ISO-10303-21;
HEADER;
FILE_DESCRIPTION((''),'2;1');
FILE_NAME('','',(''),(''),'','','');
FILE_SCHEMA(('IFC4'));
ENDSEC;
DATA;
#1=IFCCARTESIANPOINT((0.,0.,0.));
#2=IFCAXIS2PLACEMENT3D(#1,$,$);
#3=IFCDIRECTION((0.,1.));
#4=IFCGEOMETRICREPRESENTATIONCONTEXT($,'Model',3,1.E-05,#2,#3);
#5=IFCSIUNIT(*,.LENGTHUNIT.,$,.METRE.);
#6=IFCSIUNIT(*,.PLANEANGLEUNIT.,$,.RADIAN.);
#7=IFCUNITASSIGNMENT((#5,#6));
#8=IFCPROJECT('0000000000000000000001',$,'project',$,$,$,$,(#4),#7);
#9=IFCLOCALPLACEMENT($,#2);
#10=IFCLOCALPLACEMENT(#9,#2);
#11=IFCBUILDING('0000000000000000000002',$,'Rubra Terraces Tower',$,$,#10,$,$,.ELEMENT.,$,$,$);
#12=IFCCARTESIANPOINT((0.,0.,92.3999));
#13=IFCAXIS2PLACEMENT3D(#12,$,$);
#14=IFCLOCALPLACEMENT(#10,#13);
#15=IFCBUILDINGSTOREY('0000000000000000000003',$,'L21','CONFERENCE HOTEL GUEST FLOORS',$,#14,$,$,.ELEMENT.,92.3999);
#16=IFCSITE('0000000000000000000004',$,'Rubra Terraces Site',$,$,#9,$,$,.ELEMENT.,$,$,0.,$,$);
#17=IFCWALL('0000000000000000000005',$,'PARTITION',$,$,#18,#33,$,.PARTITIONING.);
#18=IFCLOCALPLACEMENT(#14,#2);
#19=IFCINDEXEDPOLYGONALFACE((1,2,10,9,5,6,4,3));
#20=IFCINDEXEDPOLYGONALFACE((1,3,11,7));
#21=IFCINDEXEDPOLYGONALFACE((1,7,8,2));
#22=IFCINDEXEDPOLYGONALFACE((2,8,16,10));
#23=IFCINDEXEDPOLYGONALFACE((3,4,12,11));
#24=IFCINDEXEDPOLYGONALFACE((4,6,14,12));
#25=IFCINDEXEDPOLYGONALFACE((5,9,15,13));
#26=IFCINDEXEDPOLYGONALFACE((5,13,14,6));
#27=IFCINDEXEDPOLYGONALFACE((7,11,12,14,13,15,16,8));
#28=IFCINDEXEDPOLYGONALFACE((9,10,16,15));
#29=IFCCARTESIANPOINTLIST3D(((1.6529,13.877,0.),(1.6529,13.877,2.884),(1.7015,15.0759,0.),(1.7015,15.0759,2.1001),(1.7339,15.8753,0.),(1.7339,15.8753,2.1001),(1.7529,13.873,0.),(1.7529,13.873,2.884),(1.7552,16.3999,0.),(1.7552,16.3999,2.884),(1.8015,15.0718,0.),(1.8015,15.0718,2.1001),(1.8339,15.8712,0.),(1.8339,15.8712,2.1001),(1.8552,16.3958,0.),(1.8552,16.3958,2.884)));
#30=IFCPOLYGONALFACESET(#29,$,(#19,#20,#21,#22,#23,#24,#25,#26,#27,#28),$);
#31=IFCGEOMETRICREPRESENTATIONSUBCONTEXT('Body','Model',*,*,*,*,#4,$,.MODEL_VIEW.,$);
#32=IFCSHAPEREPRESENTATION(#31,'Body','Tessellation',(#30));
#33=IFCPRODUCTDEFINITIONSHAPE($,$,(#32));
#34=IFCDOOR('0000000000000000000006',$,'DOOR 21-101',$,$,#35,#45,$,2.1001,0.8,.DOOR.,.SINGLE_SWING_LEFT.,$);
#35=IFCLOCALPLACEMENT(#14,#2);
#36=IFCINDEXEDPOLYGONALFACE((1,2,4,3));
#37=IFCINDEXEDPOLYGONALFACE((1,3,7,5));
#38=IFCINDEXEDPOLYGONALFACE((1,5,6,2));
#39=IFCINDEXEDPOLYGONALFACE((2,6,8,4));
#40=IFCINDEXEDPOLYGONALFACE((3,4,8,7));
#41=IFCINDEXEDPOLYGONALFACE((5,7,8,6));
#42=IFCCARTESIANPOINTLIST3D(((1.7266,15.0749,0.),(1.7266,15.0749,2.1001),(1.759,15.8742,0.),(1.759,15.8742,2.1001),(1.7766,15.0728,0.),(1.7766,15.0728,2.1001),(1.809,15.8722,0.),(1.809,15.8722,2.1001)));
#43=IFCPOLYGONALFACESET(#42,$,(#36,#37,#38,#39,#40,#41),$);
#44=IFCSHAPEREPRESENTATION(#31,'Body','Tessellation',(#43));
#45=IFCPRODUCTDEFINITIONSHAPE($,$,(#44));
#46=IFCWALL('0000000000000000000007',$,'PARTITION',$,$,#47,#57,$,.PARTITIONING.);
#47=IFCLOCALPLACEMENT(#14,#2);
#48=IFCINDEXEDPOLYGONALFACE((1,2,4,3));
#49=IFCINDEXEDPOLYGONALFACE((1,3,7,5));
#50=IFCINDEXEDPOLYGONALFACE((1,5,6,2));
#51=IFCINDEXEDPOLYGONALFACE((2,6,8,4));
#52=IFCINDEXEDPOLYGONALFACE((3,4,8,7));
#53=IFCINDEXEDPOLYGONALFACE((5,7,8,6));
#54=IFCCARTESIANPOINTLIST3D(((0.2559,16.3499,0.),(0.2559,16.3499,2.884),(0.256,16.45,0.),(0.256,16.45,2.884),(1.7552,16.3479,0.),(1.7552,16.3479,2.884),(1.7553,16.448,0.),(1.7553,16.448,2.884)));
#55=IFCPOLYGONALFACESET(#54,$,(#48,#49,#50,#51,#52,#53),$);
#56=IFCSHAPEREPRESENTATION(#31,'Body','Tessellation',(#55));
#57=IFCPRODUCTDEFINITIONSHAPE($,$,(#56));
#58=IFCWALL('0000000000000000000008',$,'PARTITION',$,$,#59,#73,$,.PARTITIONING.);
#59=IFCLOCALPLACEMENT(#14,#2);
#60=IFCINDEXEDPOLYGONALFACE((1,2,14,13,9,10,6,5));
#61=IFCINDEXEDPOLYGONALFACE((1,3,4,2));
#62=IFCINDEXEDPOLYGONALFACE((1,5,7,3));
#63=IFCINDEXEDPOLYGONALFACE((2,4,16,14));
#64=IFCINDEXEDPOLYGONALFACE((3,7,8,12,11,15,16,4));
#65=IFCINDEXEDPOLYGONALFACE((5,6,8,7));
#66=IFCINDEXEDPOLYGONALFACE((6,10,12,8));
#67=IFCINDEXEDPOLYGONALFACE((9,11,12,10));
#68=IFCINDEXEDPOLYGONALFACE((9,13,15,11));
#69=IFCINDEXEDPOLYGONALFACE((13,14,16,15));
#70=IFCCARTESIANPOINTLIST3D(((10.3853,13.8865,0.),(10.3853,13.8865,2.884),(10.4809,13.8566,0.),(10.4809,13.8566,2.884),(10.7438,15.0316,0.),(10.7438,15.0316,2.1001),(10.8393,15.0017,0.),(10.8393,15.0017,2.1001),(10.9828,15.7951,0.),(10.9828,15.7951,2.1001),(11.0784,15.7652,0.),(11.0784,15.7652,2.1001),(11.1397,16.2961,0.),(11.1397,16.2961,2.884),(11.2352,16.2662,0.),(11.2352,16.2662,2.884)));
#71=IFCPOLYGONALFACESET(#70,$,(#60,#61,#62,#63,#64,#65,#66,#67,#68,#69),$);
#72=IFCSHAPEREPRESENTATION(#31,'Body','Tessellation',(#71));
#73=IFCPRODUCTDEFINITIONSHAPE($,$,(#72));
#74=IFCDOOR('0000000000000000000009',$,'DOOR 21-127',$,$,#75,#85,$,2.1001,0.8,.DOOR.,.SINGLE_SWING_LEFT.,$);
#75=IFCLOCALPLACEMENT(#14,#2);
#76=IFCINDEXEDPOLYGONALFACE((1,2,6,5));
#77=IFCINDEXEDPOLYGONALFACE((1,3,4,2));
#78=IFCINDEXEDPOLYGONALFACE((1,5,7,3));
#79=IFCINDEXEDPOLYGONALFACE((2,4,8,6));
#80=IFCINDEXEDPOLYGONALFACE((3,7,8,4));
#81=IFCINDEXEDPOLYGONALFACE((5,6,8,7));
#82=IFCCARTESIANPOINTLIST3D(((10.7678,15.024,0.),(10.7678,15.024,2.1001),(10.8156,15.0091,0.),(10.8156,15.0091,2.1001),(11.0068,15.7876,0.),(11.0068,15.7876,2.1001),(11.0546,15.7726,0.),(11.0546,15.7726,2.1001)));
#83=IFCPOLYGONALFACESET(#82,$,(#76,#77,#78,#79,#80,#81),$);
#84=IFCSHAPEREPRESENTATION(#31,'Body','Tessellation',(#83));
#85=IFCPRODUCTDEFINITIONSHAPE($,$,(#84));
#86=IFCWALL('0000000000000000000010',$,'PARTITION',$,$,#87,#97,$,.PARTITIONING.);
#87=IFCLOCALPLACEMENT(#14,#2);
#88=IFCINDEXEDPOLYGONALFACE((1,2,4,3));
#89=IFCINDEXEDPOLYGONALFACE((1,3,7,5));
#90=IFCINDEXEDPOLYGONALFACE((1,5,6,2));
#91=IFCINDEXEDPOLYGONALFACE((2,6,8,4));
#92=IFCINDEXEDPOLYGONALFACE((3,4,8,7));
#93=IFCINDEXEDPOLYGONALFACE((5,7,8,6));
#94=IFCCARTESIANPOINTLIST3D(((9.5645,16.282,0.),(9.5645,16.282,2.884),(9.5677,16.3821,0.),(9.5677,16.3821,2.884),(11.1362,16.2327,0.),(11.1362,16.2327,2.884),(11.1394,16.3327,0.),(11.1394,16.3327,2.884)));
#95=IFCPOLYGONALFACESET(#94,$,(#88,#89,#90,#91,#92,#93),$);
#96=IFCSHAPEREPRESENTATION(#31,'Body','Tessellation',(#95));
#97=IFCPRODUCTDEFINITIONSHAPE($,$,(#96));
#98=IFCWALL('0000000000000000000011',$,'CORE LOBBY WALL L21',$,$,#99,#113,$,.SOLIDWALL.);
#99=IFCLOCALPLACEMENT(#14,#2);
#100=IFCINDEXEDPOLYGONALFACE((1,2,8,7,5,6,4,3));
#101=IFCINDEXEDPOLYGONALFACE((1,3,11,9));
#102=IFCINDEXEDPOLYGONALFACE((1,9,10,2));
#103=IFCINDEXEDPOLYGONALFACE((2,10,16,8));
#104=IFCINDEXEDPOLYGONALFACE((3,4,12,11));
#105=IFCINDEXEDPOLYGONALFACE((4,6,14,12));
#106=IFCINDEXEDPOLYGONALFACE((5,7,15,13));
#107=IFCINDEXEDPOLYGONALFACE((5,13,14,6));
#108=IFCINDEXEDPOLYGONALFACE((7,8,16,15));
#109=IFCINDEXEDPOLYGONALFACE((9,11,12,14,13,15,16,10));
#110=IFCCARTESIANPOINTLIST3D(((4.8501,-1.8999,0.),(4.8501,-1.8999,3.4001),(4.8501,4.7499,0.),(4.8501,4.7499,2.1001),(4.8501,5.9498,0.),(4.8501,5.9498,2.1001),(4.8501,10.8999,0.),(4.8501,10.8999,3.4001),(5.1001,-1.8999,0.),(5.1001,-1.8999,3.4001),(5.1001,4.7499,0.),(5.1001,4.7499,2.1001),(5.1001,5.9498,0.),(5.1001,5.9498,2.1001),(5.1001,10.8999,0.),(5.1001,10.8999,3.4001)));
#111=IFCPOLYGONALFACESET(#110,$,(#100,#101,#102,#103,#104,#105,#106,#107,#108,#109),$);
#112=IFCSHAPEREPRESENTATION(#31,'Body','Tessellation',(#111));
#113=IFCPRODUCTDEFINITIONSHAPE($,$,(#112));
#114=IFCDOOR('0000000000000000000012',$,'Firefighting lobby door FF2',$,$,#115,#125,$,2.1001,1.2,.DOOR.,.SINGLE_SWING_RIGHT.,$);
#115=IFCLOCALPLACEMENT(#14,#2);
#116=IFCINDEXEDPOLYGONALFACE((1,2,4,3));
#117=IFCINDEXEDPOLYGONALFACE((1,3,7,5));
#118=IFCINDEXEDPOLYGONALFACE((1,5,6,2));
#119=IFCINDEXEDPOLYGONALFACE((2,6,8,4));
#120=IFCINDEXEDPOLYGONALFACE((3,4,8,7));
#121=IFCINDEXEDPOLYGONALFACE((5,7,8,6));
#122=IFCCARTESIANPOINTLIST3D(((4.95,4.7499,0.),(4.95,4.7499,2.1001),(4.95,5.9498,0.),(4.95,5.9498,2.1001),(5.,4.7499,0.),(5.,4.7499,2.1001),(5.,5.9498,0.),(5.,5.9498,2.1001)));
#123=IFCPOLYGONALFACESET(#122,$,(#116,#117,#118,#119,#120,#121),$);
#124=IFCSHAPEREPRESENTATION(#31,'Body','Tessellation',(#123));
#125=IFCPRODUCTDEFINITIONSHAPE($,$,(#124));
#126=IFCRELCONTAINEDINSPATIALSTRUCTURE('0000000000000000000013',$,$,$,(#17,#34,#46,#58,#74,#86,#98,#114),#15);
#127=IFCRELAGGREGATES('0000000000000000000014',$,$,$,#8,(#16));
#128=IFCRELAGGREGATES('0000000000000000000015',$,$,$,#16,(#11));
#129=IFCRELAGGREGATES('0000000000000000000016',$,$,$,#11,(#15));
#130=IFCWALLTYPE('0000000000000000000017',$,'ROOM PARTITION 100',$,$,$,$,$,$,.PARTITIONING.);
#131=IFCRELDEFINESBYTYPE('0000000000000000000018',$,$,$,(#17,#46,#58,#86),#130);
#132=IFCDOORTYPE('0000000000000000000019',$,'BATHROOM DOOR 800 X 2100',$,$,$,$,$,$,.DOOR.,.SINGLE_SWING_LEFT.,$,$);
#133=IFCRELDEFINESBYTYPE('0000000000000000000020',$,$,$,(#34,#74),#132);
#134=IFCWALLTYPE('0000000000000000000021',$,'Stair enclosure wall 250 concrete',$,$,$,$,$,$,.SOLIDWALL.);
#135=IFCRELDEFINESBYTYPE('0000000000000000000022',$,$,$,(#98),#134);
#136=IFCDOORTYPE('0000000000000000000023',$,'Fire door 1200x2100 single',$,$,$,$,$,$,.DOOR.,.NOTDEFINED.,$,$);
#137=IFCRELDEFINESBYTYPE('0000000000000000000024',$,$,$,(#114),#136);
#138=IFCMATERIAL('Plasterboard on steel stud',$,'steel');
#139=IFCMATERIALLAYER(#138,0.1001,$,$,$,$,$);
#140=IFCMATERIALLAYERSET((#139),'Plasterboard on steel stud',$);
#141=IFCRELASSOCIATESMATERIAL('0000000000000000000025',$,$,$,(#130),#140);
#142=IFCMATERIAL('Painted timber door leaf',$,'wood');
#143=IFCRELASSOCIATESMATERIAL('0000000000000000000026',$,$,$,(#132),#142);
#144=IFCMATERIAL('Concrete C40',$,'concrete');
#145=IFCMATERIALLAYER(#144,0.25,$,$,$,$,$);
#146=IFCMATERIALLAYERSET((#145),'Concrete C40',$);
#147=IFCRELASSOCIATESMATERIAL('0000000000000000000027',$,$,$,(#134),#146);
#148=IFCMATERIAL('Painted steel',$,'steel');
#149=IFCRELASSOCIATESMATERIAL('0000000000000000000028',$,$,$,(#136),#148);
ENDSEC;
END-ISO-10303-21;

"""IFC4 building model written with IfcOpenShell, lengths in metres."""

from ifc_helpers import new_model, si_unit, direction, frame, frame_2d, origin, place, context, subcontext, project, spatial, rectangle, extrude, material, layer, layer_set, type_object, element, fill, save


model = new_model("IFC4")

# Units and contexts
model_context = context("Model", 3, precision=1e-05, world=origin(), true_north=direction((0.0, 1.0)))
body_context = subcontext(model_context, "Body", "Model", "MODEL_VIEW")
ifc_project = project(units=[si_unit("LENGTHUNIT", "METRE"), si_unit("PLANEANGLEUNIT", "RADIAN")], contexts=[model_context])

# Site, building, storey
site_placement = place(None, origin())
site = spatial("IfcSite", under=ifc_project, at=site_placement, Name="Rubra Terraces Site", CompositionType="ELEMENT", RefElevation=0.0)
building_placement = place(site_placement, origin())
building = spatial("IfcBuilding", under=site, at=building_placement, Name="Rubra Terraces Tower", CompositionType="ELEMENT")
storey_placement = place(building_placement, frame((0.0, 0.0, 92.3999)))
storey = spatial("IfcBuildingStorey", under=building, at=storey_placement, Name="L21", Description="CONFERENCE HOTEL GUEST FLOORS", CompositionType="ELEMENT", Elevation=92.3999)

# Wall, opening, door
ifc_material_1 = material(Name="Painted timber door leaf", Category="wood")
ifc_material_2 = material(Name="Plasterboard on steel stud", Category="steel")
ifc_layer_1 = layer(ifc_material_2, 0.1001)
ifc_layer_set_1 = layer_set([ifc_layer_1], Name="Plasterboard on steel stud")
wall_type_1 = type_object("IfcWallType", Name="ROOM PARTITION 100", PredefinedType="PARTITIONING", material=ifc_layer_set_1)
wall_1_placement = place(storey_placement, frame((1.7029, 13.875, 0.0), z_axis=(0.0, 0.0, 1.0), x_axis=(0.040512, 0.999179, 0.0)))
wall_1 = element("IfcWall", 1, at=wall_1_placement, inside=storey, type_object=wall_type_1, Name="PARTITION", PredefinedType="PARTITIONING", context=body_context, shape_type="SweptSolid", body=[
    extrude(rectangle(XDim=2.5249, YDim=0.1001, at=frame_2d((1.2625, 0.0))), origin(), (0.0, 0.0, 1.0), 2.884),
])
opening_1_placement = place(wall_1_placement, frame((1.2, 0.0, 0.0)))
opening_1 = element("IfcOpeningElement", 2, at=opening_1_placement, cuts=wall_1, PredefinedType="OPENING", context=body_context, shape_type="SweptSolid", body=[
    extrude(rectangle(XDim=0.8, YDim=2.1001, at=frame_2d((0.3999, 1.05))), frame((0.0, 0.0601, 0.0), z_axis=(0.0, -1.0, 0.0), x_axis=(1.0, 0.0, 0.0)), (0.0, 0.0, 1.0), 0.1201),
])
door_type_1 = type_object("IfcDoorType", Name="BATHROOM DOOR 800 X 2100", OperationType="SINGLE_SWING_LEFT", PredefinedType="DOOR", material=ifc_material_1)
door_1_placement = place(opening_1_placement, origin())
door_1 = element("IfcDoor", 3, at=door_1_placement, inside=storey, type_object=door_type_1, Name="DOOR 21-101", OperationType="SINGLE_SWING_LEFT", OverallHeight=2.1001, OverallWidth=0.8, PredefinedType="DOOR", context=body_context, shape_type="SweptSolid", body=[
    extrude(rectangle(XDim=0.8, YDim=2.1001, at=frame_2d((0.3999, 1.05))), frame((0.0, 0.0249, 0.0), z_axis=(0.0, -1.0, 0.0), x_axis=(1.0, 0.0, 0.0)), (0.0, 0.0, 1.0), 0.05),
])
fill(opening_1, door_1)

# Wall
wall_2_placement = place(storey_placement, frame((1.7551, 16.3979, 0.0), z_axis=(0.0, 0.0, 1.0), x_axis=(-0.999999, 0.001303, 0.0)))
element("IfcWall", 4, at=wall_2_placement, inside=storey, type_object=wall_type_1, Name="PARTITION", PredefinedType="PARTITIONING", context=body_context, shape_type="SweptSolid", body=[
    extrude(rectangle(XDim=1.4993, YDim=0.1001, at=frame_2d((0.7495, 0.0))), origin(), (0.0, 0.0, 1.0), 2.884),
])

# Wall, opening, door
wall_3_placement = place(storey_placement, frame((10.4331, 13.8716, 0.0), z_axis=(0.0, 0.0, 1.0), x_axis=(0.29877, 0.954325, 0.0)))
wall_3 = element("IfcWall", 5, at=wall_3_placement, inside=storey, type_object=wall_type_1, Name="PARTITION", PredefinedType="PARTITIONING", context=body_context, shape_type="SweptSolid", body=[
    extrude(rectangle(XDim=2.5249, YDim=0.1001, at=frame_2d((1.2625, 0.0))), origin(), (0.0, 0.0, 1.0), 2.884),
])
opening_2_placement = place(wall_3_placement, frame((1.2, 0.0, 0.0)))
opening_2 = element("IfcOpeningElement", 6, at=opening_2_placement, cuts=wall_3, PredefinedType="OPENING", context=body_context, shape_type="SweptSolid", body=[
    extrude(rectangle(XDim=0.8, YDim=2.1001, at=frame_2d((0.3999, 1.05))), frame((0.0, 0.0601, 0.0), z_axis=(0.0, -1.0, 0.0), x_axis=(1.0, 0.0, 0.0)), (0.0, 0.0, 1.0), 0.1201),
])
door_2_placement = place(opening_2_placement, origin())
door_2 = element("IfcDoor", 7, at=door_2_placement, inside=storey, type_object=door_type_1, Name="DOOR 21-127", OperationType="SINGLE_SWING_LEFT", OverallHeight=2.1001, OverallWidth=0.8, PredefinedType="DOOR", context=body_context, shape_type="SweptSolid", body=[
    extrude(rectangle(XDim=0.8, YDim=2.1001, at=frame_2d((0.3999, 1.05))), frame((0.0, 0.0249, 0.0), z_axis=(0.0, -1.0, 0.0), x_axis=(1.0, 0.0, 0.0)), (0.0, 0.0, 1.0), 0.05),
])
fill(opening_2, door_2)

# Wall
wall_4_placement = place(storey_placement, frame((11.1377, 16.2827, 0.0), z_axis=(0.0, 0.0, 1.0), x_axis=(-0.999508, 0.031361, 0.0)))
element("IfcWall", 8, at=wall_4_placement, inside=storey, type_object=wall_type_1, Name="PARTITION", PredefinedType="PARTITIONING", context=body_context, shape_type="SweptSolid", body=[
    extrude(rectangle(XDim=1.5725, YDim=0.1001, at=frame_2d((0.7861, 0.0))), origin(), (0.0, 0.0, 1.0), 2.884),
])

# Wall, opening, door
ifc_material_3 = material(Name="Concrete C40", Category="concrete")
ifc_layer_2 = layer(ifc_material_3, 0.25)
ifc_layer_set_2 = layer_set([ifc_layer_2], Name="Concrete C40")
wall_type_2 = type_object("IfcWallType", Name="Stair enclosure wall 250 concrete", PredefinedType="SOLIDWALL", material=ifc_layer_set_2)
wall_5_placement = place(storey_placement, frame((4.9751, 10.8999, 0.0), z_axis=(0.0, 0.0, 1.0), x_axis=(0.0, -1.0, 0.0)))
wall_5 = element("IfcWall", 9, at=wall_5_placement, inside=storey, type_object=wall_type_2, Name="CORE LOBBY WALL L21", PredefinedType="SOLIDWALL", context=body_context, shape_type="SweptSolid", body=[
    extrude(rectangle(XDim=12.7998, YDim=0.25, at=frame_2d((6.3999, 0.0))), origin(), (0.0, 0.0, 1.0), 3.4001),
])
opening_3_placement = place(wall_5_placement, frame((4.95, 0.0, 0.0)))
opening_3 = element("IfcOpeningElement", 10, at=opening_3_placement, cuts=wall_5, PredefinedType="OPENING", context=body_context, shape_type="SweptSolid", body=[
    extrude(rectangle(XDim=1.2, YDim=2.1001, at=frame_2d((0.6001, 1.05))), frame((0.0, 0.135, 0.0), z_axis=(0.0, -1.0, 0.0), x_axis=(1.0, 0.0, 0.0)), (0.0, 0.0, 1.0), 0.27),
])
ifc_material_4 = material(Name="Painted steel", Category="steel")
door_type_2 = type_object("IfcDoorType", Name="Fire door 1200x2100 single", OperationType="NOTDEFINED", PredefinedType="DOOR", material=ifc_material_4)
door_3_placement = place(opening_3_placement, origin())
door_3 = element("IfcDoor", 11, at=door_3_placement, inside=storey, type_object=door_type_2, Name="Firefighting lobby door FF2", OperationType="SINGLE_SWING_RIGHT", OverallHeight=2.1001, OverallWidth=1.2, PredefinedType="DOOR", context=body_context, shape_type="SweptSolid", body=[
    extrude(rectangle(XDim=1.2, YDim=2.1001, at=frame_2d((0.6001, 1.05))), frame((0.0, 0.0249, 0.0), z_axis=(0.0, -1.0, 0.0), x_axis=(1.0, 0.0, 0.0)), (0.0, 0.0, 1.0), 0.05),
])
fill(opening_3, door_3)

save(model, "model.ifc")
